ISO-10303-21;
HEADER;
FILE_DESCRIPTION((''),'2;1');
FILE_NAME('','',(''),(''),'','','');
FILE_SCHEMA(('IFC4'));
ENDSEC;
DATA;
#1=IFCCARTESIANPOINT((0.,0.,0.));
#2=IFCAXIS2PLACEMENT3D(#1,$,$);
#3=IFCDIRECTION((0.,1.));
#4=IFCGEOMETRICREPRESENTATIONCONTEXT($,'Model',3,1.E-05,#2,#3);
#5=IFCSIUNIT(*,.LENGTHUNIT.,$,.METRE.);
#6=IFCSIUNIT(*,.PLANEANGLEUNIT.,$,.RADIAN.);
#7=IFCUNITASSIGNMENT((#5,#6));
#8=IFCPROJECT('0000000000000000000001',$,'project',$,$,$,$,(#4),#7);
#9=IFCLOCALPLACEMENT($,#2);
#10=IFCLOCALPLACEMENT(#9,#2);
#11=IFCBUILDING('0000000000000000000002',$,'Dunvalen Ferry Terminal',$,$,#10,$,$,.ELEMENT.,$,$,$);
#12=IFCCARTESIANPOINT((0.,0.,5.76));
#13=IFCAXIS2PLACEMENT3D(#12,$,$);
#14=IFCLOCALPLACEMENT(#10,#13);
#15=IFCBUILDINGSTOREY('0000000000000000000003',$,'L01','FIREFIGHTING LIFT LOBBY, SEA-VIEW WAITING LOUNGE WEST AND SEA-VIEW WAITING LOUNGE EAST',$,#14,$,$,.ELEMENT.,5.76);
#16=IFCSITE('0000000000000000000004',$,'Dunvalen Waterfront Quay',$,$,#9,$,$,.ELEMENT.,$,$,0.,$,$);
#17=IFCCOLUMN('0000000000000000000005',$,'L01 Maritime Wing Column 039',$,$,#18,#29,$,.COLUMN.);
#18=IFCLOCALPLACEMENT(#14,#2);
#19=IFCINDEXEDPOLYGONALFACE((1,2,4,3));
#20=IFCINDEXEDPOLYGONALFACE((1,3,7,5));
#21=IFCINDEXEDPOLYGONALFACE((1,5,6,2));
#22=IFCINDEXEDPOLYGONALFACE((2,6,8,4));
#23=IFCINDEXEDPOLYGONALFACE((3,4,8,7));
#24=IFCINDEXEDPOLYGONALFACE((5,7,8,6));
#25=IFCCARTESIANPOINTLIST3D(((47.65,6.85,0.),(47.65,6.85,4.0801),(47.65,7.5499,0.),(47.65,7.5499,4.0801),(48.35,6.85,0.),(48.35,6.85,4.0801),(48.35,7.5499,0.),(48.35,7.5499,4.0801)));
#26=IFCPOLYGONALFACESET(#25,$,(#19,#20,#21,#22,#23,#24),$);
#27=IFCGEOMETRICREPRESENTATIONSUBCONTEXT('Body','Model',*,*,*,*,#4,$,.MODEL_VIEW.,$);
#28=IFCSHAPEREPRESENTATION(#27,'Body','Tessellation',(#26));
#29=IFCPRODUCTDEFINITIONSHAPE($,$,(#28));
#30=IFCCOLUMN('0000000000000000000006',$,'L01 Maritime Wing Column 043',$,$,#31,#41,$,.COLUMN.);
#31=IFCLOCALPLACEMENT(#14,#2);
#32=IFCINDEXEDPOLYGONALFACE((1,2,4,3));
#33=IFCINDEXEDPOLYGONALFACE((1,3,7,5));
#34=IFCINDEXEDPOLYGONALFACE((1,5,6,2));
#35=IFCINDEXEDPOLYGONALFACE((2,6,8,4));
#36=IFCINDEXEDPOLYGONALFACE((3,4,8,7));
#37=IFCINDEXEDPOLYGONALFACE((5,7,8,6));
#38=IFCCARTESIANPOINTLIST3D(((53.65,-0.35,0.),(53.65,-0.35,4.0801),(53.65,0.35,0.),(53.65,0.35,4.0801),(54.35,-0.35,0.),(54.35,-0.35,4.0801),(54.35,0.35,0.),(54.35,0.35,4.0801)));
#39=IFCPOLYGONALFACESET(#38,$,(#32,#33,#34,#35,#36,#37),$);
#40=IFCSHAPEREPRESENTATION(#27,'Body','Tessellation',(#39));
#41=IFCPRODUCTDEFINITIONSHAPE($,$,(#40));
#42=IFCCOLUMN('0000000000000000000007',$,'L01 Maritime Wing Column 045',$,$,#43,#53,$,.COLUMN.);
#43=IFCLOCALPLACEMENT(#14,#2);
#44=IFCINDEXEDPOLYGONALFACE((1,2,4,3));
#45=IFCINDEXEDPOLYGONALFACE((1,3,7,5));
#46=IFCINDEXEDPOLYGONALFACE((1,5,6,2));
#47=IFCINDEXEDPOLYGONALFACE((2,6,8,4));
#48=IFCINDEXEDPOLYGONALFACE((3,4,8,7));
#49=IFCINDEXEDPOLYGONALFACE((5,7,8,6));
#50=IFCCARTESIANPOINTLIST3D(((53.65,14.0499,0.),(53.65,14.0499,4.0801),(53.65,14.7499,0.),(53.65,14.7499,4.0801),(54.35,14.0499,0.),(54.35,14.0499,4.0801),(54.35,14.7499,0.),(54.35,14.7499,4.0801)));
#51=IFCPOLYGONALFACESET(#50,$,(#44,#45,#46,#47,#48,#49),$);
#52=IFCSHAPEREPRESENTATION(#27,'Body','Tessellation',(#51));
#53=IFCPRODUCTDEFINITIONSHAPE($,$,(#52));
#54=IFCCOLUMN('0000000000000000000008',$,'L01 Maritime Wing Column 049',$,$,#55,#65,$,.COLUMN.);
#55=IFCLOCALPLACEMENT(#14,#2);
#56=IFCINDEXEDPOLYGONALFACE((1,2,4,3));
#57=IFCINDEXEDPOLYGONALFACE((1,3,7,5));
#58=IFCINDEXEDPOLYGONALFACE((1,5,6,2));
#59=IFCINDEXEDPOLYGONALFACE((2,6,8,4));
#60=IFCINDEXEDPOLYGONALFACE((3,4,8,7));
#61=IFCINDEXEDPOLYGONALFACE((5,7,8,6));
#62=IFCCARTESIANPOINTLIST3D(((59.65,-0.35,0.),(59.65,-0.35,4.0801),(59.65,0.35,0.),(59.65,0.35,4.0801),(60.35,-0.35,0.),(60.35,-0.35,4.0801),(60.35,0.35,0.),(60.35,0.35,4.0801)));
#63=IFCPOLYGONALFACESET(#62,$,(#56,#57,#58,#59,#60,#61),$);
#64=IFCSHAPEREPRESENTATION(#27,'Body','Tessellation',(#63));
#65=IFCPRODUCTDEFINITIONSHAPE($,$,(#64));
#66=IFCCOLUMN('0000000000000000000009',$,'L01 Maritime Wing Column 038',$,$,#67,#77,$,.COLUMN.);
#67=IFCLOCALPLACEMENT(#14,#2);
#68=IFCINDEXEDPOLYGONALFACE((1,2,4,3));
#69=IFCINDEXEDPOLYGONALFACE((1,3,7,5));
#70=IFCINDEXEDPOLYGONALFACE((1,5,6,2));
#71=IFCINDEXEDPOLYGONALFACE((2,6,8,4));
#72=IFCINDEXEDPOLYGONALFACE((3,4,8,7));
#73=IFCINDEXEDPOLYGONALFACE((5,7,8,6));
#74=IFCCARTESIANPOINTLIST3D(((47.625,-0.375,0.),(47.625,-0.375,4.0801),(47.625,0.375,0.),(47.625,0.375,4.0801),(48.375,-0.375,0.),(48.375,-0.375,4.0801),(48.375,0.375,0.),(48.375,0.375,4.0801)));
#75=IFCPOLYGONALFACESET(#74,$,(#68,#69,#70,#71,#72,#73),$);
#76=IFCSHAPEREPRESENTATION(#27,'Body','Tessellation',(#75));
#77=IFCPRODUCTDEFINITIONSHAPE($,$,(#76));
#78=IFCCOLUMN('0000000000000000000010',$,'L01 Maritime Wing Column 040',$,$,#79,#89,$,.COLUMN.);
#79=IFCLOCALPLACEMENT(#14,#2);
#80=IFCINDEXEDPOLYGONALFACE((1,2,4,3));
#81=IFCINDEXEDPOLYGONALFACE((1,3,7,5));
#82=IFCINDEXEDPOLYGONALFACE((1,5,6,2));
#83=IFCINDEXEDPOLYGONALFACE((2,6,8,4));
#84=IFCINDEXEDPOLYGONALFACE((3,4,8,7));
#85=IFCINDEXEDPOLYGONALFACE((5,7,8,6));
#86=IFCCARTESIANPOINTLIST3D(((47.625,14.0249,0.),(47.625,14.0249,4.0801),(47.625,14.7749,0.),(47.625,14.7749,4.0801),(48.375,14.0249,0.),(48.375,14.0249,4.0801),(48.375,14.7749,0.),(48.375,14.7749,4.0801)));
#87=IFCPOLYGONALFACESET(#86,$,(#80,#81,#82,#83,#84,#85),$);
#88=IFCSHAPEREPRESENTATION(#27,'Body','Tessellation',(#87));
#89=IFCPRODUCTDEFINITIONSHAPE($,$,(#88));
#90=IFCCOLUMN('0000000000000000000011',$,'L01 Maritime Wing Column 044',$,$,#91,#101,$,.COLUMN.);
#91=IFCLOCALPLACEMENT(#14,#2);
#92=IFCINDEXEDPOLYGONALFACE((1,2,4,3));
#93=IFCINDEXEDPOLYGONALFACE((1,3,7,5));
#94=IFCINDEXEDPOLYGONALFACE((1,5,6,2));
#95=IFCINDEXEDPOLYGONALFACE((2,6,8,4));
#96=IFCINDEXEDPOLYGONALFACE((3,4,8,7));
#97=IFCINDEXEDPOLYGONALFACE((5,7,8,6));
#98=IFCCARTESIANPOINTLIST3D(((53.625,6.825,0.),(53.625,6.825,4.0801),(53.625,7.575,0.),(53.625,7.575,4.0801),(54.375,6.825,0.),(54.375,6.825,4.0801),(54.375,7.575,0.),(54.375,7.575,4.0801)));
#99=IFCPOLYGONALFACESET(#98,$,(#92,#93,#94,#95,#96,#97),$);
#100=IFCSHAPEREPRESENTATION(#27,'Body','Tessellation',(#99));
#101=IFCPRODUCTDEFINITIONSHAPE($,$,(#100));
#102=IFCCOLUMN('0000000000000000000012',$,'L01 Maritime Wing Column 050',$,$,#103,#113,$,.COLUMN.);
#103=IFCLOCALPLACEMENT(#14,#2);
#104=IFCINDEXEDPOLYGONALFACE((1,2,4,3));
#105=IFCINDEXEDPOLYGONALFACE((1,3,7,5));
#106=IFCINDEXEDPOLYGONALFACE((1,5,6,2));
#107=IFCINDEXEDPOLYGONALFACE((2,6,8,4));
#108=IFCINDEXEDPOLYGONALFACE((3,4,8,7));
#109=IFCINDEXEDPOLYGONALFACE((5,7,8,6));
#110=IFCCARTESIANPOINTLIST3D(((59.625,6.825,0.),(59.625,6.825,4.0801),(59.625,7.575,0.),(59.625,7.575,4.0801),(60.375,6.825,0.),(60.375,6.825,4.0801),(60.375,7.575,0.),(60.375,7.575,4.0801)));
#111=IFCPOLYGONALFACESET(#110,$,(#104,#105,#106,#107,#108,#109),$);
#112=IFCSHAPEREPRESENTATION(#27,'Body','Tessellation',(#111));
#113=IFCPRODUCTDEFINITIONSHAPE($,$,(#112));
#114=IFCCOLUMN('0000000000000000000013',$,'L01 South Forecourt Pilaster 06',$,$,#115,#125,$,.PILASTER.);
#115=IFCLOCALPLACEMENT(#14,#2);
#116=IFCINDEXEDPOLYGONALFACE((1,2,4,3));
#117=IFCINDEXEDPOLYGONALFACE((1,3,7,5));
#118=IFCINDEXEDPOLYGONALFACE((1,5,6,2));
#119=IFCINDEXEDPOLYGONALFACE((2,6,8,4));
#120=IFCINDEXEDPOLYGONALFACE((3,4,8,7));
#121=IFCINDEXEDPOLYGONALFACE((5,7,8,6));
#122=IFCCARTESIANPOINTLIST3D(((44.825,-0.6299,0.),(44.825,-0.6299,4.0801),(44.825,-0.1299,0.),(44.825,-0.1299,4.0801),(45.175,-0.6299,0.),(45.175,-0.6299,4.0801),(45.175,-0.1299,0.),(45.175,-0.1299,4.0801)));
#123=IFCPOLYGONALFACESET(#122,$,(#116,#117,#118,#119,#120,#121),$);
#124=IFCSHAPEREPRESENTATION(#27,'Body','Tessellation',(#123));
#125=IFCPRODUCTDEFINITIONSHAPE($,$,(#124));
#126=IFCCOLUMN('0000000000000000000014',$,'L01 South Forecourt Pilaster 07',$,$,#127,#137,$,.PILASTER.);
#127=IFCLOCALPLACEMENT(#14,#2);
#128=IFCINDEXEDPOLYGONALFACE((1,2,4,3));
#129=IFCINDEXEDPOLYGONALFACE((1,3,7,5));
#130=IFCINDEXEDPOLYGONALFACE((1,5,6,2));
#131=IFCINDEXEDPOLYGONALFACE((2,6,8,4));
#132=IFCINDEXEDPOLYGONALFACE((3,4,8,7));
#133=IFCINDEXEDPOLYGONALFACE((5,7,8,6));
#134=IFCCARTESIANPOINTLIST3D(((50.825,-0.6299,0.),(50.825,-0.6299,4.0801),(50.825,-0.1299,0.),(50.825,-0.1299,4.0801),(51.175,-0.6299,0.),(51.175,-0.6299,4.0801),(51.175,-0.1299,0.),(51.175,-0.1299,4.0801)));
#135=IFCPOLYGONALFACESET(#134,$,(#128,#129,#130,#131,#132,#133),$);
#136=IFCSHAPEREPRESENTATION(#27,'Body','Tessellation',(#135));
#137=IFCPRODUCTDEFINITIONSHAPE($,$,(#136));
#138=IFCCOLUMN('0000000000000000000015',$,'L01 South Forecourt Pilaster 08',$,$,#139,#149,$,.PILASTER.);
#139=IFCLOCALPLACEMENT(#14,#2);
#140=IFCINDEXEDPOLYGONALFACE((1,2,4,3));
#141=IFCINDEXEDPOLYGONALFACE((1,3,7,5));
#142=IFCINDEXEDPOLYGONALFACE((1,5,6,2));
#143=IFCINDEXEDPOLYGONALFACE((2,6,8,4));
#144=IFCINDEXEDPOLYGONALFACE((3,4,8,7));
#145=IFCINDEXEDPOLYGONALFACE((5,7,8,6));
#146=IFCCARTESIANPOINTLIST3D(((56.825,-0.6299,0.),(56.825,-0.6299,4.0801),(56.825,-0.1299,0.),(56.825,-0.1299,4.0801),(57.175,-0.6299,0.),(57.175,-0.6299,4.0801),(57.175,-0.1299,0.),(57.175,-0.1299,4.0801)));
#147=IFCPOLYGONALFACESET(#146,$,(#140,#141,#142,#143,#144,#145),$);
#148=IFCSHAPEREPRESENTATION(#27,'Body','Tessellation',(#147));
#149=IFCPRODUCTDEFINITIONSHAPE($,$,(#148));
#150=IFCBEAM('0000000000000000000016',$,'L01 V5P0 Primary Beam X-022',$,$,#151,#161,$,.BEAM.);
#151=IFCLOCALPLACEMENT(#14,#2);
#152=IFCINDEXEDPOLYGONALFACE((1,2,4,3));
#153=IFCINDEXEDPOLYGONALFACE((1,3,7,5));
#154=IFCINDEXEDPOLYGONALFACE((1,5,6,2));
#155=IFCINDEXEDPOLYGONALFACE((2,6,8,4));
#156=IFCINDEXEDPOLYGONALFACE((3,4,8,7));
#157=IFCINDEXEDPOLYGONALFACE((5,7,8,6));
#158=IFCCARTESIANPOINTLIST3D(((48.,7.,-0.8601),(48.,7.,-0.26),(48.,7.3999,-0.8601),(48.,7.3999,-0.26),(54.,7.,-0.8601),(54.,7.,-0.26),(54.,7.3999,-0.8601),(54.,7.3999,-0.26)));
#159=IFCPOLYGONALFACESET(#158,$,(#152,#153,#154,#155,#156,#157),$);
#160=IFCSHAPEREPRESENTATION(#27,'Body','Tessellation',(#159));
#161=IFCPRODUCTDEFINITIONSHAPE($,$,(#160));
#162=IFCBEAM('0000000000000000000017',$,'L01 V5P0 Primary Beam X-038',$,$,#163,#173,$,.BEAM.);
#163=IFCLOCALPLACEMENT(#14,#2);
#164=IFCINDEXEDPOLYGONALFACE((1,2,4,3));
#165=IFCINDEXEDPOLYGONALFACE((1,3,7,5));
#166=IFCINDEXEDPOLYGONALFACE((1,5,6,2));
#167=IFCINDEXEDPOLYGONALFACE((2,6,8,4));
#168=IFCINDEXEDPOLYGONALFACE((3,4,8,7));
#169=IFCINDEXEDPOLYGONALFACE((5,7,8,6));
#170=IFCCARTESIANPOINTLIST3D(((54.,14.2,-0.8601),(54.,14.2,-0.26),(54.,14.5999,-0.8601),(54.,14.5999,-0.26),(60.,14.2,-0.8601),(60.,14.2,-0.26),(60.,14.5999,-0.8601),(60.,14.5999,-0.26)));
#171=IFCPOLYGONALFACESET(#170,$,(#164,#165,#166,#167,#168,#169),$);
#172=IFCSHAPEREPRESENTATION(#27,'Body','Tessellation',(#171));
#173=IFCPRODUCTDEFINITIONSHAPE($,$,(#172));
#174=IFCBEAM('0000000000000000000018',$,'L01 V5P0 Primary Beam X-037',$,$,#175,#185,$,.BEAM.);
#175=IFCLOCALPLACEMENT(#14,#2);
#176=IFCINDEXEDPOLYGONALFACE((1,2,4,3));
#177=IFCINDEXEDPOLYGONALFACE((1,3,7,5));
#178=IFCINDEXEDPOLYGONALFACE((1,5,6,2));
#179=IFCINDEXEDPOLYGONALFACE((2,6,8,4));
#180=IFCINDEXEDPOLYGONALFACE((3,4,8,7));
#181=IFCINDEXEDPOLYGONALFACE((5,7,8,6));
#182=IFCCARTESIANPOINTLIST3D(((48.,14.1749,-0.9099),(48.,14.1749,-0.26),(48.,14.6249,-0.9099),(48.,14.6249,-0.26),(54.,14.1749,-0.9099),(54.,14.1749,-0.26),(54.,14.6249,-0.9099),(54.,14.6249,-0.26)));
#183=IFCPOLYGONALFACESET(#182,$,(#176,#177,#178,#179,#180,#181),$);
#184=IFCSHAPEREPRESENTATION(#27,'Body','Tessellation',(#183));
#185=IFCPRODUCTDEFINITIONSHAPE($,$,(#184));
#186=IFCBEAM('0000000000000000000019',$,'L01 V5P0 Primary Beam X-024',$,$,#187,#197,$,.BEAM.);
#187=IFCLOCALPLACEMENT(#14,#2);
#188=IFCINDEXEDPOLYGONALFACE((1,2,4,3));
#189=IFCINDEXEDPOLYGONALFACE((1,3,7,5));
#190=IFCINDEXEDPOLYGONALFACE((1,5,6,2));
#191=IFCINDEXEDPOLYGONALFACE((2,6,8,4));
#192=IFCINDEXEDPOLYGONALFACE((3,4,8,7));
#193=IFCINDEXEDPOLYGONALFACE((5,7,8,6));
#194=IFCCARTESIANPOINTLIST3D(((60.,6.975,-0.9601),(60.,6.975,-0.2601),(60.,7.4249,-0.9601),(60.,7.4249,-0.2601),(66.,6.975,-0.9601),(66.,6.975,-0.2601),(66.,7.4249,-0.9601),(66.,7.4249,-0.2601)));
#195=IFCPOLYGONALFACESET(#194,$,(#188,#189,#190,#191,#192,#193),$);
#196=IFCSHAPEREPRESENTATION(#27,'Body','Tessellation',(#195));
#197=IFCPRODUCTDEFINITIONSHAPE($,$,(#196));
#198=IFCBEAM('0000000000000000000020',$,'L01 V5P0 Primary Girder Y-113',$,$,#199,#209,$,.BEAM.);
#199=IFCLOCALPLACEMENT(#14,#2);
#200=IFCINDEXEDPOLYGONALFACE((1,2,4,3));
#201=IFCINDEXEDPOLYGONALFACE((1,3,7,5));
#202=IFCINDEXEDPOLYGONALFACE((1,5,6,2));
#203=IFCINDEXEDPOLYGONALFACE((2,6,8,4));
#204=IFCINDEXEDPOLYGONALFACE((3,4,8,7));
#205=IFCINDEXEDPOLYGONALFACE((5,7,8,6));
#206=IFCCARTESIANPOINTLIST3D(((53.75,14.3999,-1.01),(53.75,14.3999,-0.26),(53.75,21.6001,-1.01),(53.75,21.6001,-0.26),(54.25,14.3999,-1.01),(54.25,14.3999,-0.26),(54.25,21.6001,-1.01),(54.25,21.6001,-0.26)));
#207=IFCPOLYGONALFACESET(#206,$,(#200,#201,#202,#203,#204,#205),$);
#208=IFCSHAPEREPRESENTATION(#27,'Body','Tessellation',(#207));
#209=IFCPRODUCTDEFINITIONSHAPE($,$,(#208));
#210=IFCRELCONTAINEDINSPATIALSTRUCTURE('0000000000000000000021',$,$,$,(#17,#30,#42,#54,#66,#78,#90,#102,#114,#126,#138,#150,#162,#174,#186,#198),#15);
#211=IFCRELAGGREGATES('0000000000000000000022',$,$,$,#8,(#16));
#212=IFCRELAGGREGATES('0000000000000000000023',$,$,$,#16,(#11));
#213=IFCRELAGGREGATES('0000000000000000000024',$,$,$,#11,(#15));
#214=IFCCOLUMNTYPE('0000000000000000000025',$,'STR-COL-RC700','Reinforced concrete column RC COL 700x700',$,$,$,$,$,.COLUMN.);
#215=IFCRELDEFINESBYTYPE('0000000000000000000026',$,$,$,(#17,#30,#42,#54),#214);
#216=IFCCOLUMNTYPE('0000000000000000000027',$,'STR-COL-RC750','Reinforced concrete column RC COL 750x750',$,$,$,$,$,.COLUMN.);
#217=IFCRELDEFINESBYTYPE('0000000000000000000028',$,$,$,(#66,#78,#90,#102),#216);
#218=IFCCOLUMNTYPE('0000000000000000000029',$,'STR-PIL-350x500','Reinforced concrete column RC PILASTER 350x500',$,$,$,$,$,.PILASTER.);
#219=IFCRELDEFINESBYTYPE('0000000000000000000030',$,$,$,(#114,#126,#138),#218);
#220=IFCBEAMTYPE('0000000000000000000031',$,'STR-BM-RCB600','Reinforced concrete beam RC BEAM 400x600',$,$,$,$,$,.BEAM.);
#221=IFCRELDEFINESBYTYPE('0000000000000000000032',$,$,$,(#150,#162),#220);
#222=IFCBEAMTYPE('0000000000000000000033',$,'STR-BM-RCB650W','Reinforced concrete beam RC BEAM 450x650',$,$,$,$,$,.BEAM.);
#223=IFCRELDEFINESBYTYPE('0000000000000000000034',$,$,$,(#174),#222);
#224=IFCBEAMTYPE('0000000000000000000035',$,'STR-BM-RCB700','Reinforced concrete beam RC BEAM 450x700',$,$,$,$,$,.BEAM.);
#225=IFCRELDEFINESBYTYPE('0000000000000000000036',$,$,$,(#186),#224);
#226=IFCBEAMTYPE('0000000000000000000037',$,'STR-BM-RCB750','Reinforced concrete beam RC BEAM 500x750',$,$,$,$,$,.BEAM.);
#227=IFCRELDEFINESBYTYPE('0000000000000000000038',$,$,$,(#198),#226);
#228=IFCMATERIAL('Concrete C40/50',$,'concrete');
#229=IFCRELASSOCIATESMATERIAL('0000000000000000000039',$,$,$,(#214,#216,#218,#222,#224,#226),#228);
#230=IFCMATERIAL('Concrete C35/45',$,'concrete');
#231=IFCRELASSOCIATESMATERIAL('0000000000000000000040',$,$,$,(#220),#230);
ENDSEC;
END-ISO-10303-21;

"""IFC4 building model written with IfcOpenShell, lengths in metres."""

from ifc_helpers import new_model, si_unit, direction, frame, origin, origin_2d, place, context, subcontext, project, spatial, rectangle, extrude, material, material_profile, profile_set, type_object, element, save


model = new_model("IFC4")

# Units and contexts
model_context = context("Model", 3, precision=1e-05, world=origin(), true_north=direction((0.0, 1.0)))
body_context = subcontext(model_context, "Body", "Model", "MODEL_VIEW")
ifc_project = project(units=[si_unit("LENGTHUNIT", "METRE"), si_unit("PLANEANGLEUNIT", "RADIAN")], contexts=[model_context])

# Site, building, storey
site_placement = place(None, origin())
site = spatial("IfcSite", under=ifc_project, at=site_placement, Name="Dunvalen Waterfront Quay", CompositionType="ELEMENT", RefElevation=0.0)
building_placement = place(site_placement, origin())
building = spatial("IfcBuilding", under=site, at=building_placement, Name="Dunvalen Ferry Terminal", CompositionType="ELEMENT")
storey_placement = place(building_placement, frame((0.0, 0.0, 5.76)))
storey = spatial("IfcBuildingStorey", under=building, at=storey_placement, Name="L01", Description="FIREFIGHTING LIFT LOBBY, SEA-VIEW WAITING LOUNGE WEST AND SEA-VIEW WAITING LOUNGE EAST", CompositionType="ELEMENT", Elevation=5.76)

# Columns
ifc_material_1 = material(Name="Concrete C40/50", Category="concrete")
ifc_material_profile_1 = material_profile(ifc_material_1, rectangle(XDim=0.7, YDim=0.7, at=origin_2d()), Name="Concrete C40/50")
ifc_profile_set_1 = profile_set([ifc_material_profile_1], Name="Concrete C40/50")
column_type_1 = type_object("IfcColumnType", Name="STR-COL-RC700", Description="Reinforced concrete column RC COL 700x700", PredefinedType="COLUMN", material=ifc_profile_set_1)
for number, where, z_axis, x_axis, name in (
    (1, (48.0, 7.2, 0.0), (0.0, 0.0, 1.0), (1.0, 0.0, 0.0), "L01 Maritime Wing Column 039"),
    (2, (54.0, 0.0, 0.0), (0.0, 0.0, 1.0), (1.0, 0.0, 0.0), "L01 Maritime Wing Column 043"),
    (3, (54.0, 14.3999, 0.0), (0.0, 0.0, 1.0), (1.0, 0.0, 0.0), "L01 Maritime Wing Column 045"),
    (4, (60.0, 0.0, 0.0), (0.0, 0.0, 1.0), (1.0, 0.0, 0.0), "L01 Maritime Wing Column 049"),
):
    element("IfcColumn", number, at=place(storey_placement, frame(where, z_axis=z_axis, x_axis=x_axis)), inside=storey, type_object=column_type_1, Name=name, PredefinedType="COLUMN", context=body_context, shape_type="SweptSolid", body=[
        extrude(rectangle(XDim=0.7, YDim=0.7, at=origin_2d()), origin(), (0.0, 0.0, 1.0), 4.0801),
    ])
ifc_material_profile_2 = material_profile(ifc_material_1, rectangle(XDim=0.75, YDim=0.75, at=origin_2d()), Name="Concrete C40/50")
ifc_profile_set_2 = profile_set([ifc_material_profile_2], Name="Concrete C40/50")
column_type_2 = type_object("IfcColumnType", Name="STR-COL-RC750", Description="Reinforced concrete column RC COL 750x750", PredefinedType="COLUMN", material=ifc_profile_set_2)
for number, where, z_axis, x_axis, name in (
    (5, (48.0, 0.0, 0.0), (0.0, 0.0, 1.0), (1.0, 0.0, 0.0), "L01 Maritime Wing Column 038"),
    (6, (48.0, 14.3999, 0.0), (0.0, 0.0, 1.0), (1.0, 0.0, 0.0), "L01 Maritime Wing Column 040"),
    (7, (54.0, 7.2, 0.0), (0.0, 0.0, 1.0), (1.0, 0.0, 0.0), "L01 Maritime Wing Column 044"),
    (8, (60.0, 7.2, 0.0), (0.0, 0.0, 1.0), (1.0, 0.0, 0.0), "L01 Maritime Wing Column 050"),
):
    element("IfcColumn", number, at=place(storey_placement, frame(where, z_axis=z_axis, x_axis=x_axis)), inside=storey, type_object=column_type_2, Name=name, PredefinedType="COLUMN", context=body_context, shape_type="SweptSolid", body=[
        extrude(rectangle(XDim=0.75, YDim=0.75, at=origin_2d()), origin(), (0.0, 0.0, 1.0), 4.0801),
    ])
ifc_material_profile_3 = material_profile(ifc_material_1, rectangle(XDim=0.3501, YDim=0.5, at=origin_2d()), Name="Concrete C40/50")
ifc_profile_set_3 = profile_set([ifc_material_profile_3], Name="Concrete C40/50")
column_type_3 = type_object("IfcColumnType", Name="STR-PIL-350x500", Description="Reinforced concrete column RC PILASTER 350x500", PredefinedType="PILASTER", material=ifc_profile_set_3)
for number, where, z_axis, x_axis, name in (
    (9, (45.0, -0.3799, 0.0), (0.0, 0.0, 1.0), (1.0, 0.0, 0.0), "L01 South Forecourt Pilaster 06"),
    (10, (51.0, -0.3799, 0.0), (0.0, 0.0, 1.0), (1.0, 0.0, 0.0), "L01 South Forecourt Pilaster 07"),
    (11, (57.0, -0.3799, 0.0), (0.0, 0.0, 1.0), (1.0, 0.0, 0.0), "L01 South Forecourt Pilaster 08"),
):
    element("IfcColumn", number, at=place(storey_placement, frame(where, z_axis=z_axis, x_axis=x_axis)), inside=storey, type_object=column_type_3, Name=name, PredefinedType="PILASTER", context=body_context, shape_type="SweptSolid", body=[
        extrude(rectangle(XDim=0.3501, YDim=0.5, at=origin_2d()), origin(), (0.0, 0.0, 1.0), 4.0801),
    ])

# Beams
ifc_material_2 = material(Name="Concrete C35/45", Category="concrete")
ifc_material_profile_4 = material_profile(ifc_material_2, rectangle(XDim=0.3999, YDim=0.6001, at=origin_2d()), Name="Concrete C35/45")
ifc_profile_set_4 = profile_set([ifc_material_profile_4], Name="Concrete C35/45")
beam_type_1 = type_object("IfcBeamType", Name="STR-BM-RCB600", Description="Reinforced concrete beam RC BEAM 400x600", PredefinedType="BEAM", material=ifc_profile_set_4)
for number, where, z_axis, x_axis, name in (
    (12, (48.0, 7.2, -0.5601), (1.0, 0.0, 0.0), (0.0, 1.0, 0.0), "L01 V5P0 Primary Beam X-022"),
    (13, (54.0, 14.3999, -0.5601), (1.0, 0.0, 0.0), (0.0, 1.0, 0.0), "L01 V5P0 Primary Beam X-038"),
):
    element("IfcBeam", number, at=place(storey_placement, frame(where, z_axis=z_axis, x_axis=x_axis)), inside=storey, type_object=beam_type_1, Name=name, PredefinedType="BEAM", context=body_context, shape_type="SweptSolid", body=[
        extrude(rectangle(XDim=0.3999, YDim=0.6001, at=origin_2d()), origin(), (0.0, 0.0, 1.0), 6.0),
    ])
ifc_material_profile_5 = material_profile(ifc_material_1, rectangle(XDim=0.45, YDim=0.6499, at=origin_2d()), Name="Concrete C40/50")
ifc_profile_set_5 = profile_set([ifc_material_profile_5], Name="Concrete C40/50")
beam_type_2 = type_object("IfcBeamType", Name="STR-BM-RCB650W", Description="Reinforced concrete beam RC BEAM 450x650", PredefinedType="BEAM", material=ifc_profile_set_5)
beam_1_placement = place(storey_placement, frame((48.0, 14.3999, -0.585), z_axis=(1.0, 0.0, 0.0), x_axis=(0.0, 1.0, 0.0)))
element("IfcBeam", 14, at=beam_1_placement, inside=storey, type_object=beam_type_2, Name="L01 V5P0 Primary Beam X-037", PredefinedType="BEAM", context=body_context, shape_type="SweptSolid", body=[
    extrude(rectangle(XDim=0.45, YDim=0.6499, at=origin_2d()), origin(), (0.0, 0.0, 1.0), 6.0),
])
ifc_material_profile_6 = material_profile(ifc_material_1, rectangle(XDim=0.45, YDim=0.7, at=origin_2d()), Name="Concrete C40/50")
ifc_profile_set_6 = profile_set([ifc_material_profile_6], Name="Concrete C40/50")
beam_type_3 = type_object("IfcBeamType", Name="STR-BM-RCB700", Description="Reinforced concrete beam RC BEAM 450x700", PredefinedType="BEAM", material=ifc_profile_set_6)
beam_2_placement = place(storey_placement, frame((60.0, 7.2, -0.6101), z_axis=(1.0, 0.0, 0.0), x_axis=(0.0, 1.0, 0.0)))
element("IfcBeam", 15, at=beam_2_placement, inside=storey, type_object=beam_type_3, Name="L01 V5P0 Primary Beam X-024", PredefinedType="BEAM", context=body_context, shape_type="SweptSolid", body=[
    extrude(rectangle(XDim=0.45, YDim=0.7, at=origin_2d()), origin(), (0.0, 0.0, 1.0), 6.0),
])
ifc_material_profile_7 = material_profile(ifc_material_1, rectangle(XDim=0.5, YDim=0.75, at=origin_2d()), Name="Concrete C40/50")
ifc_profile_set_7 = profile_set([ifc_material_profile_7], Name="Concrete C40/50")
beam_type_4 = type_object("IfcBeamType", Name="STR-BM-RCB750", Description="Reinforced concrete beam RC BEAM 500x750", PredefinedType="BEAM", material=ifc_profile_set_7)
beam_3_placement = place(storey_placement, frame((54.0, 14.3999, -0.635), z_axis=(0.0, 1.0, 0.0), x_axis=(-1.0, 0.0, 0.0)))
element("IfcBeam", 16, at=beam_3_placement, inside=storey, type_object=beam_type_4, Name="L01 V5P0 Primary Girder Y-113", PredefinedType="BEAM", context=body_context, shape_type="SweptSolid", body=[
    extrude(rectangle(XDim=0.5, YDim=0.75, at=origin_2d()), origin(), (0.0, 0.0, 1.0), 7.2002),
])

save(model, "model.ifc")
